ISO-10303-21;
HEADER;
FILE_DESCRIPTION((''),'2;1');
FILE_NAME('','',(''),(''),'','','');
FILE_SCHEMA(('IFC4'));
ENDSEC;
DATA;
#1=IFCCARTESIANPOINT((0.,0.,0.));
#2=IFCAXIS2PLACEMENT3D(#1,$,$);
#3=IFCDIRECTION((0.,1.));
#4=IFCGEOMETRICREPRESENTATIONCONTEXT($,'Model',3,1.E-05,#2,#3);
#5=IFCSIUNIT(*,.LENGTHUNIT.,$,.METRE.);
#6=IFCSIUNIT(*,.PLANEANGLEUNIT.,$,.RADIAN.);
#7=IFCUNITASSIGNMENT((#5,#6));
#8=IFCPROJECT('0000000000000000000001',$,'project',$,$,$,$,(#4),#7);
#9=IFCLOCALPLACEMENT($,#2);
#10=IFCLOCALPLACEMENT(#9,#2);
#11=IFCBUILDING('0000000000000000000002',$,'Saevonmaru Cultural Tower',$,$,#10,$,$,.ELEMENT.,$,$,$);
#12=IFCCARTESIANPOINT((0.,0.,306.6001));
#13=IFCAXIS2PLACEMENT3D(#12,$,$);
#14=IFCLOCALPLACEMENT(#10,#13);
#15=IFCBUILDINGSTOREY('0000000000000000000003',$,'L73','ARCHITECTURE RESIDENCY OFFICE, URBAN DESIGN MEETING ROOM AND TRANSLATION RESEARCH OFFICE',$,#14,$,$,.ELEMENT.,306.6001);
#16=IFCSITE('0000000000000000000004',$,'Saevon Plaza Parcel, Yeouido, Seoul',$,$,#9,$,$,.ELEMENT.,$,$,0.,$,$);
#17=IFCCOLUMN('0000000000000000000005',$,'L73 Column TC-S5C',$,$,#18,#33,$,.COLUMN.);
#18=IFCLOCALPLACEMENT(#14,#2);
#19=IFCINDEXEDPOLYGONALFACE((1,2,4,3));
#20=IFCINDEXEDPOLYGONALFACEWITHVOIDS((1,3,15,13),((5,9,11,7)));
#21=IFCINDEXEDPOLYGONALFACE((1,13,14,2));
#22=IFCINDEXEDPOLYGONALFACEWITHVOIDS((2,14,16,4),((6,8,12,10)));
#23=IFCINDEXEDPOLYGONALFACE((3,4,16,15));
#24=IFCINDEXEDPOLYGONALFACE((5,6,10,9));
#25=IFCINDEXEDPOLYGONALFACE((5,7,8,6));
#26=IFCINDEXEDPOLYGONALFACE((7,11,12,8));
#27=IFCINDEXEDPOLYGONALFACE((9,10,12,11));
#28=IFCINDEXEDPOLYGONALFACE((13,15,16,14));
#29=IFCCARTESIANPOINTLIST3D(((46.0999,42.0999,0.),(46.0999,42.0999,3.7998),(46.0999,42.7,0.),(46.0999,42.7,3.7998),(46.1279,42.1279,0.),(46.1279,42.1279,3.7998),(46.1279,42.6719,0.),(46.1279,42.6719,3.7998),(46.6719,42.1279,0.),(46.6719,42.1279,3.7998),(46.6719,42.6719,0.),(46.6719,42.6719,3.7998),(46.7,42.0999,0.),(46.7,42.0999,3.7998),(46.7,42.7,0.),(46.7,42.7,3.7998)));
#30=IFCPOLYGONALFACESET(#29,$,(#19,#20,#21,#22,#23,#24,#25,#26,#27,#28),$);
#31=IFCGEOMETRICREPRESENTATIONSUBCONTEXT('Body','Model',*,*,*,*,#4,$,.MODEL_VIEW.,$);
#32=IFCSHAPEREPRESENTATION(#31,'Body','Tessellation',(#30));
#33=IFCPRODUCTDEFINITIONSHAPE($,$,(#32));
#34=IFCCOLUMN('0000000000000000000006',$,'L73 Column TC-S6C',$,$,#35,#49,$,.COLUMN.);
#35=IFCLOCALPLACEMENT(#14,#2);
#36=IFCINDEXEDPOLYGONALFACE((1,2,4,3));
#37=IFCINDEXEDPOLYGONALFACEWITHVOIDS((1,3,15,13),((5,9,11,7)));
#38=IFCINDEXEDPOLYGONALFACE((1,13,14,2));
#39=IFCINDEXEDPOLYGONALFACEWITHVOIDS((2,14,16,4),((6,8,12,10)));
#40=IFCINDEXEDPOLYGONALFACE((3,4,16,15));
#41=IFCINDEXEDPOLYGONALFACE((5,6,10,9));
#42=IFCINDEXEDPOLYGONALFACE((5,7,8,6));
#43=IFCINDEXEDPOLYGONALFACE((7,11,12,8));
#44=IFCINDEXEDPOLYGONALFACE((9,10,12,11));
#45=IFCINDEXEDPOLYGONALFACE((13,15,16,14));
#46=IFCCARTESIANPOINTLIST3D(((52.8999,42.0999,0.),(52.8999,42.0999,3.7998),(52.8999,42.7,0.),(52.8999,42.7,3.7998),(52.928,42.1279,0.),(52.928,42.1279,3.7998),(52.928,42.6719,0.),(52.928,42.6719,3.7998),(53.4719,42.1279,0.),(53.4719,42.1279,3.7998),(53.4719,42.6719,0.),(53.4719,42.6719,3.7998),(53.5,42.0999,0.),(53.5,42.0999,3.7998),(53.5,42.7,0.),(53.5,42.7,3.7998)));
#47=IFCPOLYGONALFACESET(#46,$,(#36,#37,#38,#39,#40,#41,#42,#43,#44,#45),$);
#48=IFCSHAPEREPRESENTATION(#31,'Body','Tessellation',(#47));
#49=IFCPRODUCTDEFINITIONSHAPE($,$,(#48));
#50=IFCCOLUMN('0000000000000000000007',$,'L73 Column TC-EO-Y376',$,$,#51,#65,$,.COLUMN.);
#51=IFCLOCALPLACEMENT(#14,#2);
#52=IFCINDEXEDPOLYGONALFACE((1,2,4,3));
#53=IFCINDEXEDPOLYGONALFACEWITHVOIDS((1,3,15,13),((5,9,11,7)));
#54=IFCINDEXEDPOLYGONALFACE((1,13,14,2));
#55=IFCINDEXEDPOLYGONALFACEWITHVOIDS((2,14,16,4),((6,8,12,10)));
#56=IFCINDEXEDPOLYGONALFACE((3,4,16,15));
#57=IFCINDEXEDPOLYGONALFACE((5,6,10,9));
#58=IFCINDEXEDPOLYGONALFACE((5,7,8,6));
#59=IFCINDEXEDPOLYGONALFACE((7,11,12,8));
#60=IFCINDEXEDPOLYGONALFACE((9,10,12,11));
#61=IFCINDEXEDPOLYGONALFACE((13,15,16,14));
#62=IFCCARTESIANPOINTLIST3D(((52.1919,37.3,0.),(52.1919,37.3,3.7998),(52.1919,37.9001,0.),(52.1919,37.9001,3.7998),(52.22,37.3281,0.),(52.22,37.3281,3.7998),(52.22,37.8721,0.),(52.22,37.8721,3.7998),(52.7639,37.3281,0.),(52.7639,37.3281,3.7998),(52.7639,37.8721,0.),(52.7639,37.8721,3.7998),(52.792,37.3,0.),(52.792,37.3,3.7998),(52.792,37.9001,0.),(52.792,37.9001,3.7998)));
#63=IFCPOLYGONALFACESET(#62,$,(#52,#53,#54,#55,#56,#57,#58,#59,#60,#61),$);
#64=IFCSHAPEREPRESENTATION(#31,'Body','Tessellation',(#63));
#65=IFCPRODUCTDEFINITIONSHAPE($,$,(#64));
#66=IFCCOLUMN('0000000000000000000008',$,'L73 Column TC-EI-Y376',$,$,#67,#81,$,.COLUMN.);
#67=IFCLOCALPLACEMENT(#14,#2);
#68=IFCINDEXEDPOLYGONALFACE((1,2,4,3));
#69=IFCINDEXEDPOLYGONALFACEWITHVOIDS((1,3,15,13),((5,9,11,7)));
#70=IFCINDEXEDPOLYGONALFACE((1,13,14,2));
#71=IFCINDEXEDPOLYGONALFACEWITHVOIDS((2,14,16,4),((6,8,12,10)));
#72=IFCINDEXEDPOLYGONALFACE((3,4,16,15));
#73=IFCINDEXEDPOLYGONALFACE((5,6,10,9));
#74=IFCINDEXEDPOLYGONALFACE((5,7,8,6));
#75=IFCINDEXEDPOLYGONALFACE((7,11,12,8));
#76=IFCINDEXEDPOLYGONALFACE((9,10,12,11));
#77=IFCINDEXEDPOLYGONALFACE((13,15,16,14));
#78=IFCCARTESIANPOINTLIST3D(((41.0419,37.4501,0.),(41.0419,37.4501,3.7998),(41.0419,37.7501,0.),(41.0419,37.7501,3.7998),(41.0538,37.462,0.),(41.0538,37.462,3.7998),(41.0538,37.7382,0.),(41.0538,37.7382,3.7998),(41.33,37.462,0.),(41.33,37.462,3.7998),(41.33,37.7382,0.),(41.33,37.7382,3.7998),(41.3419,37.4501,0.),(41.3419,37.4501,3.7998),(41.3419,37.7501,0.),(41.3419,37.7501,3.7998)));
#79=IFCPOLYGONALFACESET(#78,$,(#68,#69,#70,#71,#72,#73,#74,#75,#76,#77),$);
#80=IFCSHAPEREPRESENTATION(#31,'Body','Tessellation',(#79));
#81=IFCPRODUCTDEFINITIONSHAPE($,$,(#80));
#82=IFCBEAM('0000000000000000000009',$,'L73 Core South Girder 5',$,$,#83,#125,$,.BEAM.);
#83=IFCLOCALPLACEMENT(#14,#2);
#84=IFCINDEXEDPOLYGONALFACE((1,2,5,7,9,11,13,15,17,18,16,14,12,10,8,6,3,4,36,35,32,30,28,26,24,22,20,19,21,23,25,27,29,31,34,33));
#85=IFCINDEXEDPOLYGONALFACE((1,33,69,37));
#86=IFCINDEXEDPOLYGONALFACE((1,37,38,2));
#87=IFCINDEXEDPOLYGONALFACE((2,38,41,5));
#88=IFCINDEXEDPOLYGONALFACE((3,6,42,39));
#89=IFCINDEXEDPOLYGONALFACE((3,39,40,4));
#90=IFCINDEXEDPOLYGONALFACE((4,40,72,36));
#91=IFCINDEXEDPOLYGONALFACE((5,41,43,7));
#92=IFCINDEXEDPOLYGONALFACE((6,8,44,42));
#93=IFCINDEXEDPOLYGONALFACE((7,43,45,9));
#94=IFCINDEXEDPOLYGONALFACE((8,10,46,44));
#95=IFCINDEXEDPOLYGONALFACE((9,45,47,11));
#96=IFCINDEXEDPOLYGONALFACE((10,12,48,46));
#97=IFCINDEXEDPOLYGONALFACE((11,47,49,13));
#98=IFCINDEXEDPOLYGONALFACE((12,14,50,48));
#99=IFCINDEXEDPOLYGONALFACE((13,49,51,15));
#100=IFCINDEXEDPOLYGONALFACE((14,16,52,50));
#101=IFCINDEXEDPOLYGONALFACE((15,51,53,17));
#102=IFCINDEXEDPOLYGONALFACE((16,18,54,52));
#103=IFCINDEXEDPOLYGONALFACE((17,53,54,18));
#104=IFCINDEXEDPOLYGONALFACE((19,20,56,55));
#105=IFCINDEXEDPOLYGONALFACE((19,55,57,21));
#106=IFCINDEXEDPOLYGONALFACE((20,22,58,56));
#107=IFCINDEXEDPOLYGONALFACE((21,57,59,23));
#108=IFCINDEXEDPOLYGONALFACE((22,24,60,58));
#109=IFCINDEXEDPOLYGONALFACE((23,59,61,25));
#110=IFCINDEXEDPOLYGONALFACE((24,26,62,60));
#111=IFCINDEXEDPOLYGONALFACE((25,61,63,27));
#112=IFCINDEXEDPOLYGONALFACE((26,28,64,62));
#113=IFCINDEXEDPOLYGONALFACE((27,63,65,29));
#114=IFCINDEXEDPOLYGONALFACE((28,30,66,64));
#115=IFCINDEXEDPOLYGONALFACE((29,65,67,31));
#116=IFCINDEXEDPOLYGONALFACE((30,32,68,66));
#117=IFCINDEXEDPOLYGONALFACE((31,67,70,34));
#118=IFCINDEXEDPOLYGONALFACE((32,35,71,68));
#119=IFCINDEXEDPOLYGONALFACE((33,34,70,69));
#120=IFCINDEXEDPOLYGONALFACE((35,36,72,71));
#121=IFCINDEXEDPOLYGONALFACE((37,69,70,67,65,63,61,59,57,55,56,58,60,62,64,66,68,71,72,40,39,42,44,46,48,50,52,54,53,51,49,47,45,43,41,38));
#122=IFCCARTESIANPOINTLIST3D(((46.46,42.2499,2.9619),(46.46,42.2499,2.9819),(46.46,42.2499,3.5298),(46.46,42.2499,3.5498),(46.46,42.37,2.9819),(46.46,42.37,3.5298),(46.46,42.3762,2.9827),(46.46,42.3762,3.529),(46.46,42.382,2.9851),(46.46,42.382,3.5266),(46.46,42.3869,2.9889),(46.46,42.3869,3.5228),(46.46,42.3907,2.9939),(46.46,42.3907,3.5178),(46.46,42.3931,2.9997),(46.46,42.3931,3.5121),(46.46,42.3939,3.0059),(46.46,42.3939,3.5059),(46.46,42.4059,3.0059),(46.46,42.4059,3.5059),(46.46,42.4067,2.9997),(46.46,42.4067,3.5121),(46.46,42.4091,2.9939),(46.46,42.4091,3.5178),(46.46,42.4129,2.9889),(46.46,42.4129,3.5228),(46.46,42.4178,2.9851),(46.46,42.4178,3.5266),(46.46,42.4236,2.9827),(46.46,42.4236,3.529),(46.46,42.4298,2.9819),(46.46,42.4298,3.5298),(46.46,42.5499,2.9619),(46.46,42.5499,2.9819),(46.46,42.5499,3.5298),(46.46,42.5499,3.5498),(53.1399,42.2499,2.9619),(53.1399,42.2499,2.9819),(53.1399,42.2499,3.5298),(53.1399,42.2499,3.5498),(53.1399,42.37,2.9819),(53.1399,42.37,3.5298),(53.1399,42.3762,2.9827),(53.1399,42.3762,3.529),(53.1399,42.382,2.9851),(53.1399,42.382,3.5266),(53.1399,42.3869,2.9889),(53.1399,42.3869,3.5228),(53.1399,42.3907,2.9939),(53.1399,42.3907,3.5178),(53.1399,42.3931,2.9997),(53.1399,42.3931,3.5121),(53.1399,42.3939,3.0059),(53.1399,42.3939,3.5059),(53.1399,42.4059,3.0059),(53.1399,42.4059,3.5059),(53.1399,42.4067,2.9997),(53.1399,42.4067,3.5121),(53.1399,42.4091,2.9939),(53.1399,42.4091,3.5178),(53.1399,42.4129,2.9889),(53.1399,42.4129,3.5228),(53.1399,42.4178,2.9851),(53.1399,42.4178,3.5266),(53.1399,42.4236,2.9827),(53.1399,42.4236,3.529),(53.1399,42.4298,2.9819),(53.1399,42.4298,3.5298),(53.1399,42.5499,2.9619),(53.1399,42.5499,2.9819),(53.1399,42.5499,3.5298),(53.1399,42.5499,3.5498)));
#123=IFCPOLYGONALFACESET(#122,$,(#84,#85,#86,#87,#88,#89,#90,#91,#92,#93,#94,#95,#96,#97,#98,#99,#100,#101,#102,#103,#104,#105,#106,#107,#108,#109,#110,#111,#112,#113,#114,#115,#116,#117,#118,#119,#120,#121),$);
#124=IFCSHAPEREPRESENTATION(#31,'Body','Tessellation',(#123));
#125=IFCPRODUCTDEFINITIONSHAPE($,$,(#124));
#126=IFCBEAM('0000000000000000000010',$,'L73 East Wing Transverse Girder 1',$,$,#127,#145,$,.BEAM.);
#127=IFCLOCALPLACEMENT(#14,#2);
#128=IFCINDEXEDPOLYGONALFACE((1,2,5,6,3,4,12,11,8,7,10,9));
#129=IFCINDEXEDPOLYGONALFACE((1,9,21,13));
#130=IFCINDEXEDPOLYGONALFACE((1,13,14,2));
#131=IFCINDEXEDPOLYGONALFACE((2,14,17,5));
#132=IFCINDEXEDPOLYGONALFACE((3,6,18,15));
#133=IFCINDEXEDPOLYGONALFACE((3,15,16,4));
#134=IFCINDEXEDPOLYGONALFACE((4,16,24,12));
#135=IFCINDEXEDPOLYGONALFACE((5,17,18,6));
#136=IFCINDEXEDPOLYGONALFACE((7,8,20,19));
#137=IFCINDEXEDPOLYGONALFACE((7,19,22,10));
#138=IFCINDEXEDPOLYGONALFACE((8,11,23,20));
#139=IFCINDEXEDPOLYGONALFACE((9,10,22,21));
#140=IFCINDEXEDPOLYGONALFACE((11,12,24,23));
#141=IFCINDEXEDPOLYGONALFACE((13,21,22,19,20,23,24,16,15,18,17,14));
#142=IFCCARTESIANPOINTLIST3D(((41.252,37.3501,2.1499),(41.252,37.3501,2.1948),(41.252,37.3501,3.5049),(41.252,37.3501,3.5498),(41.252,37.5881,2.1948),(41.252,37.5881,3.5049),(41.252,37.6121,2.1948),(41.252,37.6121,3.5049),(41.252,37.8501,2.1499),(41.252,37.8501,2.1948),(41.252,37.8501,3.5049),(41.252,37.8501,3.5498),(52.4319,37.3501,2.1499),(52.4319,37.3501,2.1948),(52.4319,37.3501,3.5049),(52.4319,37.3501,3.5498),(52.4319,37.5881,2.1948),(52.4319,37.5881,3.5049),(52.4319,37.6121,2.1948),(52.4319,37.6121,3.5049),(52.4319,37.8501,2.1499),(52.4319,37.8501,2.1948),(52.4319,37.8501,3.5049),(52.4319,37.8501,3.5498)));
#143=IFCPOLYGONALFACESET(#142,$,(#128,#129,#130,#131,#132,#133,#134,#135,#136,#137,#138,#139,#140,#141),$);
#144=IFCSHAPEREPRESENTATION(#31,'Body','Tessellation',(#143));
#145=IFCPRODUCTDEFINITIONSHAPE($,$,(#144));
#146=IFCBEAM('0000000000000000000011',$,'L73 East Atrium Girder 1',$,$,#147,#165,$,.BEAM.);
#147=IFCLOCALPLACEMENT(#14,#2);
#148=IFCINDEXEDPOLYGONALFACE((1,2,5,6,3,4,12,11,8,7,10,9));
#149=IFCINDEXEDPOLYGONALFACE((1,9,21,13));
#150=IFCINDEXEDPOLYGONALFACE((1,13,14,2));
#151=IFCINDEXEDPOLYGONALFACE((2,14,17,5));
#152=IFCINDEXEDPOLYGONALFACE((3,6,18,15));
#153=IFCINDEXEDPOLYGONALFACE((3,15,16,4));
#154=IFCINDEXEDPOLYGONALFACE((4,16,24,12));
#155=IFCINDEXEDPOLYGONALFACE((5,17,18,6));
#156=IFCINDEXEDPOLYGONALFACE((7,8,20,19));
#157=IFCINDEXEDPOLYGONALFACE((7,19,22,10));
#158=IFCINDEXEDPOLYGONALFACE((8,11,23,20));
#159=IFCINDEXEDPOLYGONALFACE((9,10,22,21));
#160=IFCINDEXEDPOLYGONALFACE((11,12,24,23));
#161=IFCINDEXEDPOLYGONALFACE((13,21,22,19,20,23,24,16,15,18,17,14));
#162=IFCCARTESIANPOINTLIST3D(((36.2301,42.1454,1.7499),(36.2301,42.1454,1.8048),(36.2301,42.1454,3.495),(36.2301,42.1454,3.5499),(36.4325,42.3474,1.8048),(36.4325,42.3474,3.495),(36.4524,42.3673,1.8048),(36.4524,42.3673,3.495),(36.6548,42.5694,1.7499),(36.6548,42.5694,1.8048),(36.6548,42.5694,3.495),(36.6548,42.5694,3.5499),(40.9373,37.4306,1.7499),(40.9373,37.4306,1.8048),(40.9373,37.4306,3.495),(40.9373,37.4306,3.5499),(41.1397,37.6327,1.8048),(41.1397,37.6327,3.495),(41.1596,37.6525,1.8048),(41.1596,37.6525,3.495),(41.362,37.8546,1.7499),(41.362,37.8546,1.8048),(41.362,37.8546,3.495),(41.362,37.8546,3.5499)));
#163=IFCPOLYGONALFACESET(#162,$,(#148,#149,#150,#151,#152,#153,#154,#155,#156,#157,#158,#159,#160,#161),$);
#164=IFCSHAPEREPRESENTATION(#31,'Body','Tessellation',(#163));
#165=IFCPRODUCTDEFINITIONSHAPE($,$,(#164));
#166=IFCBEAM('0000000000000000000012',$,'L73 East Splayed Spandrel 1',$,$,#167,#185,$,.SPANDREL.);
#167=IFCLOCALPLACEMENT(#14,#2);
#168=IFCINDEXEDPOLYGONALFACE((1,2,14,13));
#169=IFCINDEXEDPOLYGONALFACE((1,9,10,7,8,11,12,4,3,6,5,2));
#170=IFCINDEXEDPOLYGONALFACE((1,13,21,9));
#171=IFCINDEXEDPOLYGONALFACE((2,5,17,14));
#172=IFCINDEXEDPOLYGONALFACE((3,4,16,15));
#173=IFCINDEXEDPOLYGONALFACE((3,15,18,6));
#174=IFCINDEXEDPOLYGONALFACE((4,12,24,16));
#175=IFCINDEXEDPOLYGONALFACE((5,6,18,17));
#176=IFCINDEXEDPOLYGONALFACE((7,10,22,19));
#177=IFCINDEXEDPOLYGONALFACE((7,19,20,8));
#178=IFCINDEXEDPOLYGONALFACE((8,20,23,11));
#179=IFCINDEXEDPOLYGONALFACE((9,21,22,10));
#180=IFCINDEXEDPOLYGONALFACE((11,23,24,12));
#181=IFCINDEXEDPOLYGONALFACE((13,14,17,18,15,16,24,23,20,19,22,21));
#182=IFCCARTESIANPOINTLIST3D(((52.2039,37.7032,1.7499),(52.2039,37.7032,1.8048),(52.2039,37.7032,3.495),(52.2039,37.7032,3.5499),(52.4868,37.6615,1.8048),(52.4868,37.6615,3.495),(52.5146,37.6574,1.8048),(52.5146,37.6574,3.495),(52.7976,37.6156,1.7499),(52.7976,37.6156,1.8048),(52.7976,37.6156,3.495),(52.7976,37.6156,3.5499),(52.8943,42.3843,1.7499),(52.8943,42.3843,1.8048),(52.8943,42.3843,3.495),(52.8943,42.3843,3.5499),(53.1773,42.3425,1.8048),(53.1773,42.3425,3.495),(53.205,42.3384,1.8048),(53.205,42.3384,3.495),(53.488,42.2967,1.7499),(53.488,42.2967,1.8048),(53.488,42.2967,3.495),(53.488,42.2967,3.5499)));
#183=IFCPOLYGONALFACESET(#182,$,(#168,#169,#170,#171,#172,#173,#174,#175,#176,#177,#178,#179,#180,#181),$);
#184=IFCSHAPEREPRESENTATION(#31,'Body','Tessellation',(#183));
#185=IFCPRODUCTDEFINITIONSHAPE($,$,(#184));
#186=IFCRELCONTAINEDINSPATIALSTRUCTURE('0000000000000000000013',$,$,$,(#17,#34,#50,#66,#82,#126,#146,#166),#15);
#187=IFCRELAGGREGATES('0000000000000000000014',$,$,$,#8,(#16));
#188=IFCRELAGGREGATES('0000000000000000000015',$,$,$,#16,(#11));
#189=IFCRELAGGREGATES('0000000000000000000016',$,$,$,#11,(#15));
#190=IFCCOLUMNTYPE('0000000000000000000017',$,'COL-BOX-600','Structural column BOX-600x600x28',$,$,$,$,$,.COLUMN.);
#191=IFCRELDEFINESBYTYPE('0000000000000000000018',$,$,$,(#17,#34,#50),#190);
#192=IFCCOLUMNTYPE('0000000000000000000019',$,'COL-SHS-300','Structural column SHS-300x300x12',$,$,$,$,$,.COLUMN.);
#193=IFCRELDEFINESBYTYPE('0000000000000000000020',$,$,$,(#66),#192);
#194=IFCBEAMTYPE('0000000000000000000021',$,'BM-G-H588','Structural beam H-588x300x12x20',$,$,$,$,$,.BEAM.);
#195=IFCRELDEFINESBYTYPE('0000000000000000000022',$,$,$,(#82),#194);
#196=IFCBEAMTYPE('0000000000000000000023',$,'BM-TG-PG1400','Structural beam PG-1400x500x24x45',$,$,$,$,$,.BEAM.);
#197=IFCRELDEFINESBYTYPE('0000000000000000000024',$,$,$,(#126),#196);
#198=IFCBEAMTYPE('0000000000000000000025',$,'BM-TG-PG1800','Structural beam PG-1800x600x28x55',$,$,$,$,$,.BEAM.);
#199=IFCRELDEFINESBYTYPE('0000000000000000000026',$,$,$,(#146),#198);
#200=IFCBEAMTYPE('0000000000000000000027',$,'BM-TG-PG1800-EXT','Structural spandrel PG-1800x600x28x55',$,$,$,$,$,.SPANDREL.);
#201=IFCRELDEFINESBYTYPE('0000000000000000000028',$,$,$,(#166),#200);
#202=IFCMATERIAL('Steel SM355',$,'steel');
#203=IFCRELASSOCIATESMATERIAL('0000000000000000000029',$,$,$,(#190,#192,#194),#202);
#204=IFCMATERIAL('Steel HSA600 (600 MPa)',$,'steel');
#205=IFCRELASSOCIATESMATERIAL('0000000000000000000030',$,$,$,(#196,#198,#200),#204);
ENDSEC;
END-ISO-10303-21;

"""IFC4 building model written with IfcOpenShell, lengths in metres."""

from ifc_helpers import new_model, si_unit, direction, frame, origin, origin_2d, place, context, subcontext, project, spatial, hollow_rectangle, i_section, extrude, material, material_profile, profile_set, type_object, element, save


model = new_model("IFC4")

# Units and contexts
model_context = context("Model", 3, precision=1e-05, world=origin(), true_north=direction((0.0, 1.0)))
body_context = subcontext(model_context, "Body", "Model", "MODEL_VIEW")
ifc_project = project(units=[si_unit("LENGTHUNIT", "METRE"), si_unit("PLANEANGLEUNIT", "RADIAN")], contexts=[model_context])

# Site, building, storey
site_placement = place(None, origin())
site = spatial("IfcSite", under=ifc_project, at=site_placement, Name="Saevon Plaza Parcel, Yeouido, Seoul", CompositionType="ELEMENT", RefElevation=0.0)
building_placement = place(site_placement, origin())
building = spatial("IfcBuilding", under=site, at=building_placement, Name="Saevonmaru Cultural Tower", CompositionType="ELEMENT")
storey_placement = place(building_placement, frame((0.0, 0.0, 306.6001)))
storey = spatial("IfcBuildingStorey", under=building, at=storey_placement, Name="L73", Description="ARCHITECTURE RESIDENCY OFFICE, URBAN DESIGN MEETING ROOM AND TRANSLATION RESEARCH OFFICE", CompositionType="ELEMENT", Elevation=306.6001)

# Columns
ifc_material_1 = material(Name="Steel SM355", Category="steel")
ifc_material_profile_1 = material_profile(ifc_material_1, hollow_rectangle(XDim=0.6001, YDim=0.6001, WallThickness=0.0281, at=origin_2d()), Name="BOX-600x600x28")
ifc_profile_set_1 = profile_set([ifc_material_profile_1], Name="Steel SM355")
column_type_1 = type_object("IfcColumnType", Name="COL-BOX-600", Description="Structural column BOX-600x600x28", PredefinedType="COLUMN", material=ifc_profile_set_1)
for number, where, z_axis, x_axis, name in (
    (1, (46.3999, 42.3999, 0.0), (0.0, 0.0, 1.0), (1.0, 0.0, 0.0), "L73 Column TC-S5C"),
    (2, (53.2, 42.3999, 0.0), (0.0, 0.0, 1.0), (1.0, 0.0, 0.0), "L73 Column TC-S6C"),
    (3, (52.4919, 37.6001, 0.0), (0.0, 0.0, 1.0), (1.0, 0.0, 0.0), "L73 Column TC-EO-Y376"),
):
    element("IfcColumn", number, at=place(storey_placement, frame(where, z_axis=z_axis, x_axis=x_axis)), inside=storey, type_object=column_type_1, Name=name, PredefinedType="COLUMN", context=body_context, shape_type="SweptSolid", body=[
        extrude(hollow_rectangle(XDim=0.6001, YDim=0.6001, WallThickness=0.0281, at=origin_2d()), origin(), (0.0, 0.0, 1.0), 3.7998),
    ])
ifc_material_profile_2 = material_profile(ifc_material_1, hollow_rectangle(XDim=0.3, YDim=0.3, WallThickness=0.012, at=origin_2d()), Name="SHS-300x300x12")
ifc_profile_set_2 = profile_set([ifc_material_profile_2], Name="Steel SM355")
column_type_2 = type_object("IfcColumnType", Name="COL-SHS-300", Description="Structural column SHS-300x300x12", PredefinedType="COLUMN", material=ifc_profile_set_2)
column_placement = place(storey_placement, frame((41.1919, 37.6001, 0.0), z_axis=(0.0, 0.0, 1.0), x_axis=(1.0, 0.0, 0.0)))
element("IfcColumn", 4, at=column_placement, inside=storey, type_object=column_type_2, Name="L73 Column TC-EI-Y376", PredefinedType="COLUMN", context=body_context, shape_type="SweptSolid", body=[
    extrude(hollow_rectangle(XDim=0.3, YDim=0.3, WallThickness=0.012, at=origin_2d()), origin(), (0.0, 0.0, 1.0), 3.7998),
])

# Beams
ifc_material_profile_3 = material_profile(ifc_material_1, i_section(OverallWidth=0.3, OverallDepth=0.5879, WebThickness=0.012, FlangeThickness=0.02, FilletRadius=0.0239, at=origin_2d()), Name="H-588x300x12x20")
ifc_profile_set_3 = profile_set([ifc_material_profile_3], Name="Steel SM355")
beam_type_1 = type_object("IfcBeamType", Name="BM-G-H588", Description="Structural beam H-588x300x12x20", PredefinedType="BEAM", material=ifc_profile_set_3)
beam_1_placement = place(storey_placement, frame((46.46, 42.3999, 3.2559), z_axis=(1.0, 0.0, 0.0), x_axis=(0.0, 1.0, 0.0)))
element("IfcBeam", 5, at=beam_1_placement, inside=storey, type_object=beam_type_1, Name="L73 Core South Girder 5", PredefinedType="BEAM", context=body_context, shape_type="SweptSolid", body=[
    extrude(i_section(OverallWidth=0.3, OverallDepth=0.5879, WebThickness=0.012, FlangeThickness=0.02, FilletRadius=0.0239, at=origin_2d()), origin(), (0.0, 0.0, 1.0), 6.6799),
])
ifc_material_2 = material(Name="Steel HSA600 (600 MPa)", Category="steel")
ifc_material_profile_4 = material_profile(ifc_material_2, i_section(OverallWidth=0.5, OverallDepth=1.3999, WebThickness=0.0239, FlangeThickness=0.0449, at=origin_2d()), Name="PG-1400x500x24x45")
ifc_profile_set_4 = profile_set([ifc_material_profile_4], Name="Steel HSA600 (600 MPa)")
beam_type_2 = type_object("IfcBeamType", Name="BM-TG-PG1400", Description="Structural beam PG-1400x500x24x45", PredefinedType="BEAM", material=ifc_profile_set_4)
beam_2_placement = place(storey_placement, frame((41.252, 37.6001, 2.8499), z_axis=(1.0, 0.0, 0.0), x_axis=(0.0, 1.0, 0.0)))
element("IfcBeam", 6, at=beam_2_placement, inside=storey, type_object=beam_type_2, Name="L73 East Wing Transverse Girder 1", PredefinedType="BEAM", context=body_context, shape_type="SweptSolid", body=[
    extrude(i_section(OverallWidth=0.5, OverallDepth=1.3999, WebThickness=0.0239, FlangeThickness=0.0449, at=origin_2d()), origin(), (0.0, 0.0, 1.0), 11.1799),
])
ifc_material_profile_5 = material_profile(ifc_material_2, i_section(OverallWidth=0.6001, OverallDepth=1.8, WebThickness=0.0281, FlangeThickness=0.0549, at=origin_2d()), Name="PG-1800x600x28x55")
ifc_profile_set_5 = profile_set([ifc_material_profile_5], Name="Steel HSA600 (600 MPa)")
beam_type_3 = type_object("IfcBeamType", Name="BM-TG-PG1800", Description="Structural beam PG-1800x600x28x55", PredefinedType="BEAM", material=ifc_profile_set_5)
beam_3_placement = place(storey_placement, frame((41.1497, 37.6426, 2.6499), z_axis=(-0.706539, 0.707675, 0.0), x_axis=(-0.707675, -0.706539, 0.0)))
element("IfcBeam", 7, at=beam_3_placement, inside=storey, type_object=beam_type_3, Name="L73 East Atrium Girder 1", PredefinedType="BEAM", context=body_context, shape_type="SweptSolid", body=[
    extrude(i_section(OverallWidth=0.6001, OverallDepth=1.8, WebThickness=0.0281, FlangeThickness=0.0549, at=origin_2d()), origin(), (0.0, 0.0, 1.0), 6.6624),
])
ifc_material_profile_6 = material_profile(ifc_material_2, i_section(OverallWidth=0.6001, OverallDepth=1.8, WebThickness=0.0281, FlangeThickness=0.0549, at=origin_2d()), Name="PG-1800x600x28x55")
ifc_profile_set_6 = profile_set([ifc_material_profile_6], Name="Steel HSA600 (600 MPa)")
beam_type_4 = type_object("IfcBeamType", Name="BM-TG-PG1800-EXT", Description="Structural spandrel PG-1800x600x28x55", PredefinedType="SPANDREL", material=ifc_profile_set_6)
beam_4_placement = place(storey_placement, frame((52.5007, 37.6594, 2.6499), z_axis=(0.145913, 0.989297, 0.0), x_axis=(-0.989297, 0.145913, 0.0)))
element("IfcBeam", 8, at=beam_4_placement, inside=storey, type_object=beam_type_4, Name="L73 East Splayed Spandrel 1", PredefinedType="SPANDREL", context=body_context, shape_type="SweptSolid", body=[
    extrude(i_section(OverallWidth=0.6001, OverallDepth=1.8, WebThickness=0.0281, FlangeThickness=0.0549, at=origin_2d()), origin(), (0.0, 0.0, 1.0), 4.7317),
])

save(model, "model.ifc")
